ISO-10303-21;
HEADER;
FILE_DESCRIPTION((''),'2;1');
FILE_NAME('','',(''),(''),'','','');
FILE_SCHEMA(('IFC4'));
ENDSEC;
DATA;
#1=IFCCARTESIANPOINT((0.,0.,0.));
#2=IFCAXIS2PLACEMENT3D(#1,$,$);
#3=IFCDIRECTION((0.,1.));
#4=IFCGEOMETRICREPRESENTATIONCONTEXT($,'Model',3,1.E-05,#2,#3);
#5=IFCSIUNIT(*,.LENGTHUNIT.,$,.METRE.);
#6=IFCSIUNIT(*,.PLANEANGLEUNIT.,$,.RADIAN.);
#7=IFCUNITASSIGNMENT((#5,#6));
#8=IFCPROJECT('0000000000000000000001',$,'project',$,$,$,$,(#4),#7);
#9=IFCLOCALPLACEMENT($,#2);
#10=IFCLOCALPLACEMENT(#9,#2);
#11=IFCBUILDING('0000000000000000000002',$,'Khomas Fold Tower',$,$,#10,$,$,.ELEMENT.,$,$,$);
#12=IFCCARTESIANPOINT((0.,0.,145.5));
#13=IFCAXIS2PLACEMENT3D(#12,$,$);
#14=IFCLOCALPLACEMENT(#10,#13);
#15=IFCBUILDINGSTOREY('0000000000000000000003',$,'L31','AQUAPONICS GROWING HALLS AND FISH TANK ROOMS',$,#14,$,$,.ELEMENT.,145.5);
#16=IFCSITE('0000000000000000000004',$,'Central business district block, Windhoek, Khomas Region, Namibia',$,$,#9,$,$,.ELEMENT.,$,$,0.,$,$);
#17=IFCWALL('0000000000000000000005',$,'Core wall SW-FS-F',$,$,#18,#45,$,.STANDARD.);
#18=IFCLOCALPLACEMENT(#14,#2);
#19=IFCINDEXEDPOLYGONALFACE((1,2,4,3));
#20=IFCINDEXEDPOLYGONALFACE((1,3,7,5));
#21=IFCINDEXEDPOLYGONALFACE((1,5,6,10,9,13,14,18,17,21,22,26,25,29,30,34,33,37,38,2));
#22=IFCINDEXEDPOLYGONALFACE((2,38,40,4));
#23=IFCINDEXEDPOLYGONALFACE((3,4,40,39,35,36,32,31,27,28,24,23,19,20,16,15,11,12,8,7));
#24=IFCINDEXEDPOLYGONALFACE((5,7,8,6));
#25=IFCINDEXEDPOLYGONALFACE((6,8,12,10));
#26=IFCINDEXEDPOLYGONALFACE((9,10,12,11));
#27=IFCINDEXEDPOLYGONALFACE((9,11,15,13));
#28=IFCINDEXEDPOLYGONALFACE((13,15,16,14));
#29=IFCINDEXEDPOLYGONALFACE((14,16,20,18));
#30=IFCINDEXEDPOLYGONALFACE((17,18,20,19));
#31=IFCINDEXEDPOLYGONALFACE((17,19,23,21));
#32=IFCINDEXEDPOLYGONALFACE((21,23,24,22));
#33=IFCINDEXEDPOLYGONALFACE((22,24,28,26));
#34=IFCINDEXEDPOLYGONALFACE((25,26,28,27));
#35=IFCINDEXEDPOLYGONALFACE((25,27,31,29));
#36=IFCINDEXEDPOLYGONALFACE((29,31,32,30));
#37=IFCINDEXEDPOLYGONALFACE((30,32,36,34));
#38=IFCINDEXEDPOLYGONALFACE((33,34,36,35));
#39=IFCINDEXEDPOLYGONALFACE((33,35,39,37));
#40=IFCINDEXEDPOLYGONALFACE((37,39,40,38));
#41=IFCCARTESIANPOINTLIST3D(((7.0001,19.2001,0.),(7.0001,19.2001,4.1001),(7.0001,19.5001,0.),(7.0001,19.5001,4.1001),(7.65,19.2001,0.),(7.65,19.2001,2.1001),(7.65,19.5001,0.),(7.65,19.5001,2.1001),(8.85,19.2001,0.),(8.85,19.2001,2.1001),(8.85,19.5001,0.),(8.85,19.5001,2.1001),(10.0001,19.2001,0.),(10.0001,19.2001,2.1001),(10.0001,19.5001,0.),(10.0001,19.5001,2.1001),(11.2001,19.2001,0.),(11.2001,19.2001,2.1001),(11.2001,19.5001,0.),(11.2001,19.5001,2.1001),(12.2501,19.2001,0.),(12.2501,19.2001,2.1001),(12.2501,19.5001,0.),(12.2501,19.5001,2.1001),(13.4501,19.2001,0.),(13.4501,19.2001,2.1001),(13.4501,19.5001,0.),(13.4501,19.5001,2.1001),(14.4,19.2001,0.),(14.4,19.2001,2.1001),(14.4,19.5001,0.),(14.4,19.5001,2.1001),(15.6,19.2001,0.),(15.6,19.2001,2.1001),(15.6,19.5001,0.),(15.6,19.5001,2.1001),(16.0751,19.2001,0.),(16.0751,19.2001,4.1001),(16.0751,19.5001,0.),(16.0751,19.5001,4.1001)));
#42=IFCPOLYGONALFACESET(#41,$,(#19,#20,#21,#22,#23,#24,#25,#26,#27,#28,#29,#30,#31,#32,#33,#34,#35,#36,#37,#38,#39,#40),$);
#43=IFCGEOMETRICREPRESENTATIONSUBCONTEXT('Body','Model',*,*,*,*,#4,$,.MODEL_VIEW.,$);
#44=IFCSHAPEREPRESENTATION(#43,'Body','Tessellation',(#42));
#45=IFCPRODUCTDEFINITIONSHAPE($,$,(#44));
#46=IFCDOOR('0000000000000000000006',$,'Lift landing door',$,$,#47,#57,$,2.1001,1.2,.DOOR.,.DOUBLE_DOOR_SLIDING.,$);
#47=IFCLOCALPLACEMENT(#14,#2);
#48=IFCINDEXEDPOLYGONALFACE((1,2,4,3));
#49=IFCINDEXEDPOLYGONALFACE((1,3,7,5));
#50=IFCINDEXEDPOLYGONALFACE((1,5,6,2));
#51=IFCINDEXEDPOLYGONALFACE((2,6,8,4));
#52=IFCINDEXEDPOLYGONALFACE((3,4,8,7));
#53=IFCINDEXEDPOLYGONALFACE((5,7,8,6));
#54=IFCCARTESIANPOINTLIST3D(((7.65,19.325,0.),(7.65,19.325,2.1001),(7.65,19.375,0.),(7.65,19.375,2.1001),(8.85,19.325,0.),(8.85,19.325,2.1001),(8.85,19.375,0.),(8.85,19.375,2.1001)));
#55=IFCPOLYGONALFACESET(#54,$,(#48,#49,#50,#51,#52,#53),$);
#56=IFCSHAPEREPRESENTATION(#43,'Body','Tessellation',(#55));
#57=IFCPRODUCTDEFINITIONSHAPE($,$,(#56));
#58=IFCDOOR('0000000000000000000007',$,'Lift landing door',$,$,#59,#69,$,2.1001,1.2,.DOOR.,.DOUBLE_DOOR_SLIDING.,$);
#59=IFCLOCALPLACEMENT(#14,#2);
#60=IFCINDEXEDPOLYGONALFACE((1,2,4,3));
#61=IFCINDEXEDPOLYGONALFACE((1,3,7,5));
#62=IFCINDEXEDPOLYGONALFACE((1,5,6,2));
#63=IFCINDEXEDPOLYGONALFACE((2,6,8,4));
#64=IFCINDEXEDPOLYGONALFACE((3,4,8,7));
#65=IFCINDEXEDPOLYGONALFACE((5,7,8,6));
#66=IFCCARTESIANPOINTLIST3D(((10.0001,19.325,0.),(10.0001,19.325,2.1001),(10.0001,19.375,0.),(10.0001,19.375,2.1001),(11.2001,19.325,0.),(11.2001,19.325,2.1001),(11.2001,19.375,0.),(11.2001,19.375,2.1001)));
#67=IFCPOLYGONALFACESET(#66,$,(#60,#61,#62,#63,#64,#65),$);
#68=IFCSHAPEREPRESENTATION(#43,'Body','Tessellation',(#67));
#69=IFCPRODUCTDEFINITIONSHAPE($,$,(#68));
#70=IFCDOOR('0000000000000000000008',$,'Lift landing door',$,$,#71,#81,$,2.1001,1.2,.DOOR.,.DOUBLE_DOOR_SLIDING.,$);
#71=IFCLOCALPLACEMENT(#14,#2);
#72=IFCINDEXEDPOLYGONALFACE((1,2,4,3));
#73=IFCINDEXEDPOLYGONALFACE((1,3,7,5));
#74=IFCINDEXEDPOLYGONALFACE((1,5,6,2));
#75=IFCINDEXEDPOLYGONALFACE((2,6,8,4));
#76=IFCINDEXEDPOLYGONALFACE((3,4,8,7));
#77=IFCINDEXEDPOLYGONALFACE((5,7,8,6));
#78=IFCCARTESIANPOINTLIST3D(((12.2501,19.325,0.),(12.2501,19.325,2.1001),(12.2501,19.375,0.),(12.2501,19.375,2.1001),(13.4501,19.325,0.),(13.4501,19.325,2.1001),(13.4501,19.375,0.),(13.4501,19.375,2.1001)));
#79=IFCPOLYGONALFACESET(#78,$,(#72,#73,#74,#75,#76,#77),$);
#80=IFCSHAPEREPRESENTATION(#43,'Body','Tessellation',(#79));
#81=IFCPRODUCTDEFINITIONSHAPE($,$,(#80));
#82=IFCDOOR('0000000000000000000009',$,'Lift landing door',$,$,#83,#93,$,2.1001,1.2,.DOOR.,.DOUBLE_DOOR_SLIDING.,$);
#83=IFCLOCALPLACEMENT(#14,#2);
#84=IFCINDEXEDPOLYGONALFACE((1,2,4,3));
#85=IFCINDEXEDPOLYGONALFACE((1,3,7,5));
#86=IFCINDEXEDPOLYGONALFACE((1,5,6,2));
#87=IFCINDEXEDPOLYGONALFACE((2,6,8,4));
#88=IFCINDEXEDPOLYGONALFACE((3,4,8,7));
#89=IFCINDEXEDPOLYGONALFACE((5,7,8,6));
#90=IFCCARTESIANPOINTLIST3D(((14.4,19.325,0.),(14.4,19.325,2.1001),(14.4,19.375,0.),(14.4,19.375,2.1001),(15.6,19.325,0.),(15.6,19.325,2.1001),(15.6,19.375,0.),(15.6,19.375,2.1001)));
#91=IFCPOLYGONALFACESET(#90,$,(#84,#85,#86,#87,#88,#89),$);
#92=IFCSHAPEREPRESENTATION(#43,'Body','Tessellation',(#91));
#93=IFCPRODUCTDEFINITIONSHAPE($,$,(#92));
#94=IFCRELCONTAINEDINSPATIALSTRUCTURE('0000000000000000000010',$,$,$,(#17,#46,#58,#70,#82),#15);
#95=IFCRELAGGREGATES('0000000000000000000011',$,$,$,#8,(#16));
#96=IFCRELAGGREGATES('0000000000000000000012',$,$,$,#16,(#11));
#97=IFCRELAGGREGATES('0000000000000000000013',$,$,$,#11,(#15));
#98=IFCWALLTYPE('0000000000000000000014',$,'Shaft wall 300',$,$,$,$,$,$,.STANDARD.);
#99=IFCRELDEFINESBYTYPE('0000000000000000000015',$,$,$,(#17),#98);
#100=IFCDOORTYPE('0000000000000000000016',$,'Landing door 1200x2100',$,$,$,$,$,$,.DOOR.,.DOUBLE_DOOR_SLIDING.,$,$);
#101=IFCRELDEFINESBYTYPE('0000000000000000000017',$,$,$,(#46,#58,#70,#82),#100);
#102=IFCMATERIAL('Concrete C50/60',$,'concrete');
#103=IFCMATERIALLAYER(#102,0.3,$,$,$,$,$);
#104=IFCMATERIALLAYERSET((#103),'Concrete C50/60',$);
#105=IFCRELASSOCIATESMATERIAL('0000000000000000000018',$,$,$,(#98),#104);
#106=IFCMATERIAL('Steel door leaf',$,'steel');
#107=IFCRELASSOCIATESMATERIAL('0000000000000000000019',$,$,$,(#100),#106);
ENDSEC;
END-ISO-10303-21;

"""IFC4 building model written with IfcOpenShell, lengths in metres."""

from ifc_helpers import new_model, si_unit, direction, frame, frame_2d, origin, place, context, subcontext, project, spatial, rectangle, extrude, source, transform, mapped, material, layer, layer_set, type_object, element, fill, save


model = new_model("IFC4")

# Units and contexts
model_context = context("Model", 3, precision=1e-05, world=origin(), true_north=direction((0.0, 1.0)))
body_context = subcontext(model_context, "Body", "Model", "MODEL_VIEW")
ifc_project = project(units=[si_unit("LENGTHUNIT", "METRE"), si_unit("PLANEANGLEUNIT", "RADIAN")], contexts=[model_context])

# Site, building, storey
site_placement = place(None, origin())
site = spatial("IfcSite", under=ifc_project, at=site_placement, Name="Central business district block, Windhoek, Khomas Region, Namibia", CompositionType="ELEMENT", RefElevation=0.0)
building_placement = place(site_placement, origin())
building = spatial("IfcBuilding", under=site, at=building_placement, Name="Khomas Fold Tower", CompositionType="ELEMENT")
storey_placement = place(building_placement, frame((0.0, 0.0, 145.5)))
storey = spatial("IfcBuildingStorey", under=building, at=storey_placement, Name="L31", Description="AQUAPONICS GROWING HALLS AND FISH TANK ROOMS", CompositionType="ELEMENT", Elevation=145.5)

# Shared definitions
ifc_material_1 = material(Name="Concrete C50/60", Category="concrete")
ifc_layer_1 = layer(ifc_material_1, 0.3)
ifc_layer_set_1 = layer_set([ifc_layer_1], Name="Concrete C50/60")
wall_type_1 = type_object("IfcWallType", Name="Shaft wall 300", PredefinedType="STANDARD", material=ifc_layer_set_1)

# Wall, openings, doors
shared_shape_1 = source(origin(), body_context, "Body", "SweptSolid", [
    extrude(rectangle(XDim=9.075, YDim=0.3, at=frame_2d((4.5376, 0.0))), origin(), (0.0, 0.0, 1.0), 4.1001),
])
wall_1_placement = place(storey_placement, frame((7.0, 19.3501, 0.0), z_axis=(0.0, 0.0, 1.0), x_axis=(1.0, 0.0, 0.0)))
wall_1 = element("IfcWall", 1, at=wall_1_placement, inside=storey, type_object=wall_type_1, Name="Core wall SW-FS-F", PredefinedType="STANDARD", context=body_context, shape_type="MappedRepresentation", body=[
    mapped(shared_shape_1, transform((0.0, 0.0, 0.0))),
])
shared_shape_2 = source(origin(), body_context, "Body", "SweptSolid", [
    extrude(rectangle(XDim=1.2, YDim=2.1001, at=frame_2d((0.6001, 1.05))), frame((0.0, 0.1599, 0.0), z_axis=(0.0, -1.0, 0.0), x_axis=(1.0, 0.0, 0.0)), (0.0, 0.0, 1.0), 0.3201),
])
opening_1_placement = place(wall_1_placement, frame((0.6499, 0.0, 0.0)))
opening_1 = element("IfcOpeningElement", 2, at=opening_1_placement, cuts=wall_1, PredefinedType="OPENING", context=body_context, shape_type="MappedRepresentation", body=[
    mapped(shared_shape_2, transform((0.0, 0.0, 0.0))),
])
opening_2_placement = place(wall_1_placement, frame((3.0, 0.0, 0.0)))
opening_2 = element("IfcOpeningElement", 3, at=opening_2_placement, cuts=wall_1, PredefinedType="OPENING", context=body_context, shape_type="MappedRepresentation", body=[
    mapped(shared_shape_2, transform((0.0, 0.0, 0.0))),
])
opening_3_placement = place(wall_1_placement, frame((5.25, 0.0, 0.0)))
opening_3 = element("IfcOpeningElement", 4, at=opening_3_placement, cuts=wall_1, PredefinedType="OPENING", context=body_context, shape_type="MappedRepresentation", body=[
    mapped(shared_shape_2, transform((0.0, 0.0, 0.0))),
])
opening_4_placement = place(wall_1_placement, frame((7.3999, 0.0, 0.0)))
opening_4 = element("IfcOpeningElement", 5, at=opening_4_placement, cuts=wall_1, PredefinedType="OPENING", context=body_context, shape_type="MappedRepresentation", body=[
    mapped(shared_shape_2, transform((0.0, 0.0, 0.0))),
])
ifc_material_2 = material(Name="Steel door leaf", Category="steel")
door_type = type_object("IfcDoorType", Name="Landing door 1200x2100", OperationType="DOUBLE_DOOR_SLIDING", PredefinedType="DOOR", material=ifc_material_2)
shared_shape_3 = source(origin(), body_context, "Body", "SweptSolid", [
    extrude(rectangle(XDim=1.2, YDim=2.1001, at=frame_2d((0.6001, 1.05))), frame((0.0, 0.0249, 0.0), z_axis=(0.0, -1.0, 0.0), x_axis=(1.0, 0.0, 0.0)), (0.0, 0.0, 1.0), 0.05),
])
door_1_placement = place(opening_1_placement, origin())
door_1 = element("IfcDoor", 6, at=door_1_placement, inside=storey, type_object=door_type, Name="Lift landing door", OperationType="DOUBLE_DOOR_SLIDING", OverallHeight=2.1001, OverallWidth=1.2, PredefinedType="DOOR", context=body_context, shape_type="MappedRepresentation", body=[
    mapped(shared_shape_3, transform((0.0, 0.0, 0.0))),
])
fill(opening_1, door_1)
door_2_placement = place(opening_2_placement, origin())
door_2 = element("IfcDoor", 7, at=door_2_placement, inside=storey, type_object=door_type, Name="Lift landing door", OperationType="DOUBLE_DOOR_SLIDING", OverallHeight=2.1001, OverallWidth=1.2, PredefinedType="DOOR", context=body_context, shape_type="MappedRepresentation", body=[
    mapped(shared_shape_3, transform((0.0, 0.0, 0.0))),
])
fill(opening_2, door_2)
door_3_placement = place(opening_3_placement, origin())
door_3 = element("IfcDoor", 8, at=door_3_placement, inside=storey, type_object=door_type, Name="Lift landing door", OperationType="DOUBLE_DOOR_SLIDING", OverallHeight=2.1001, OverallWidth=1.2, PredefinedType="DOOR", context=body_context, shape_type="MappedRepresentation", body=[
    mapped(shared_shape_3, transform((0.0, 0.0, 0.0))),
])
fill(opening_3, door_3)
door_4_placement = place(opening_4_placement, origin())
door_4 = element("IfcDoor", 9, at=door_4_placement, inside=storey, type_object=door_type, Name="Lift landing door", OperationType="DOUBLE_DOOR_SLIDING", OverallHeight=2.1001, OverallWidth=1.2, PredefinedType="DOOR", context=body_context, shape_type="MappedRepresentation", body=[
    mapped(shared_shape_3, transform((0.0, 0.0, 0.0))),
])
fill(opening_4, door_4)

save(model, "model.ifc")
